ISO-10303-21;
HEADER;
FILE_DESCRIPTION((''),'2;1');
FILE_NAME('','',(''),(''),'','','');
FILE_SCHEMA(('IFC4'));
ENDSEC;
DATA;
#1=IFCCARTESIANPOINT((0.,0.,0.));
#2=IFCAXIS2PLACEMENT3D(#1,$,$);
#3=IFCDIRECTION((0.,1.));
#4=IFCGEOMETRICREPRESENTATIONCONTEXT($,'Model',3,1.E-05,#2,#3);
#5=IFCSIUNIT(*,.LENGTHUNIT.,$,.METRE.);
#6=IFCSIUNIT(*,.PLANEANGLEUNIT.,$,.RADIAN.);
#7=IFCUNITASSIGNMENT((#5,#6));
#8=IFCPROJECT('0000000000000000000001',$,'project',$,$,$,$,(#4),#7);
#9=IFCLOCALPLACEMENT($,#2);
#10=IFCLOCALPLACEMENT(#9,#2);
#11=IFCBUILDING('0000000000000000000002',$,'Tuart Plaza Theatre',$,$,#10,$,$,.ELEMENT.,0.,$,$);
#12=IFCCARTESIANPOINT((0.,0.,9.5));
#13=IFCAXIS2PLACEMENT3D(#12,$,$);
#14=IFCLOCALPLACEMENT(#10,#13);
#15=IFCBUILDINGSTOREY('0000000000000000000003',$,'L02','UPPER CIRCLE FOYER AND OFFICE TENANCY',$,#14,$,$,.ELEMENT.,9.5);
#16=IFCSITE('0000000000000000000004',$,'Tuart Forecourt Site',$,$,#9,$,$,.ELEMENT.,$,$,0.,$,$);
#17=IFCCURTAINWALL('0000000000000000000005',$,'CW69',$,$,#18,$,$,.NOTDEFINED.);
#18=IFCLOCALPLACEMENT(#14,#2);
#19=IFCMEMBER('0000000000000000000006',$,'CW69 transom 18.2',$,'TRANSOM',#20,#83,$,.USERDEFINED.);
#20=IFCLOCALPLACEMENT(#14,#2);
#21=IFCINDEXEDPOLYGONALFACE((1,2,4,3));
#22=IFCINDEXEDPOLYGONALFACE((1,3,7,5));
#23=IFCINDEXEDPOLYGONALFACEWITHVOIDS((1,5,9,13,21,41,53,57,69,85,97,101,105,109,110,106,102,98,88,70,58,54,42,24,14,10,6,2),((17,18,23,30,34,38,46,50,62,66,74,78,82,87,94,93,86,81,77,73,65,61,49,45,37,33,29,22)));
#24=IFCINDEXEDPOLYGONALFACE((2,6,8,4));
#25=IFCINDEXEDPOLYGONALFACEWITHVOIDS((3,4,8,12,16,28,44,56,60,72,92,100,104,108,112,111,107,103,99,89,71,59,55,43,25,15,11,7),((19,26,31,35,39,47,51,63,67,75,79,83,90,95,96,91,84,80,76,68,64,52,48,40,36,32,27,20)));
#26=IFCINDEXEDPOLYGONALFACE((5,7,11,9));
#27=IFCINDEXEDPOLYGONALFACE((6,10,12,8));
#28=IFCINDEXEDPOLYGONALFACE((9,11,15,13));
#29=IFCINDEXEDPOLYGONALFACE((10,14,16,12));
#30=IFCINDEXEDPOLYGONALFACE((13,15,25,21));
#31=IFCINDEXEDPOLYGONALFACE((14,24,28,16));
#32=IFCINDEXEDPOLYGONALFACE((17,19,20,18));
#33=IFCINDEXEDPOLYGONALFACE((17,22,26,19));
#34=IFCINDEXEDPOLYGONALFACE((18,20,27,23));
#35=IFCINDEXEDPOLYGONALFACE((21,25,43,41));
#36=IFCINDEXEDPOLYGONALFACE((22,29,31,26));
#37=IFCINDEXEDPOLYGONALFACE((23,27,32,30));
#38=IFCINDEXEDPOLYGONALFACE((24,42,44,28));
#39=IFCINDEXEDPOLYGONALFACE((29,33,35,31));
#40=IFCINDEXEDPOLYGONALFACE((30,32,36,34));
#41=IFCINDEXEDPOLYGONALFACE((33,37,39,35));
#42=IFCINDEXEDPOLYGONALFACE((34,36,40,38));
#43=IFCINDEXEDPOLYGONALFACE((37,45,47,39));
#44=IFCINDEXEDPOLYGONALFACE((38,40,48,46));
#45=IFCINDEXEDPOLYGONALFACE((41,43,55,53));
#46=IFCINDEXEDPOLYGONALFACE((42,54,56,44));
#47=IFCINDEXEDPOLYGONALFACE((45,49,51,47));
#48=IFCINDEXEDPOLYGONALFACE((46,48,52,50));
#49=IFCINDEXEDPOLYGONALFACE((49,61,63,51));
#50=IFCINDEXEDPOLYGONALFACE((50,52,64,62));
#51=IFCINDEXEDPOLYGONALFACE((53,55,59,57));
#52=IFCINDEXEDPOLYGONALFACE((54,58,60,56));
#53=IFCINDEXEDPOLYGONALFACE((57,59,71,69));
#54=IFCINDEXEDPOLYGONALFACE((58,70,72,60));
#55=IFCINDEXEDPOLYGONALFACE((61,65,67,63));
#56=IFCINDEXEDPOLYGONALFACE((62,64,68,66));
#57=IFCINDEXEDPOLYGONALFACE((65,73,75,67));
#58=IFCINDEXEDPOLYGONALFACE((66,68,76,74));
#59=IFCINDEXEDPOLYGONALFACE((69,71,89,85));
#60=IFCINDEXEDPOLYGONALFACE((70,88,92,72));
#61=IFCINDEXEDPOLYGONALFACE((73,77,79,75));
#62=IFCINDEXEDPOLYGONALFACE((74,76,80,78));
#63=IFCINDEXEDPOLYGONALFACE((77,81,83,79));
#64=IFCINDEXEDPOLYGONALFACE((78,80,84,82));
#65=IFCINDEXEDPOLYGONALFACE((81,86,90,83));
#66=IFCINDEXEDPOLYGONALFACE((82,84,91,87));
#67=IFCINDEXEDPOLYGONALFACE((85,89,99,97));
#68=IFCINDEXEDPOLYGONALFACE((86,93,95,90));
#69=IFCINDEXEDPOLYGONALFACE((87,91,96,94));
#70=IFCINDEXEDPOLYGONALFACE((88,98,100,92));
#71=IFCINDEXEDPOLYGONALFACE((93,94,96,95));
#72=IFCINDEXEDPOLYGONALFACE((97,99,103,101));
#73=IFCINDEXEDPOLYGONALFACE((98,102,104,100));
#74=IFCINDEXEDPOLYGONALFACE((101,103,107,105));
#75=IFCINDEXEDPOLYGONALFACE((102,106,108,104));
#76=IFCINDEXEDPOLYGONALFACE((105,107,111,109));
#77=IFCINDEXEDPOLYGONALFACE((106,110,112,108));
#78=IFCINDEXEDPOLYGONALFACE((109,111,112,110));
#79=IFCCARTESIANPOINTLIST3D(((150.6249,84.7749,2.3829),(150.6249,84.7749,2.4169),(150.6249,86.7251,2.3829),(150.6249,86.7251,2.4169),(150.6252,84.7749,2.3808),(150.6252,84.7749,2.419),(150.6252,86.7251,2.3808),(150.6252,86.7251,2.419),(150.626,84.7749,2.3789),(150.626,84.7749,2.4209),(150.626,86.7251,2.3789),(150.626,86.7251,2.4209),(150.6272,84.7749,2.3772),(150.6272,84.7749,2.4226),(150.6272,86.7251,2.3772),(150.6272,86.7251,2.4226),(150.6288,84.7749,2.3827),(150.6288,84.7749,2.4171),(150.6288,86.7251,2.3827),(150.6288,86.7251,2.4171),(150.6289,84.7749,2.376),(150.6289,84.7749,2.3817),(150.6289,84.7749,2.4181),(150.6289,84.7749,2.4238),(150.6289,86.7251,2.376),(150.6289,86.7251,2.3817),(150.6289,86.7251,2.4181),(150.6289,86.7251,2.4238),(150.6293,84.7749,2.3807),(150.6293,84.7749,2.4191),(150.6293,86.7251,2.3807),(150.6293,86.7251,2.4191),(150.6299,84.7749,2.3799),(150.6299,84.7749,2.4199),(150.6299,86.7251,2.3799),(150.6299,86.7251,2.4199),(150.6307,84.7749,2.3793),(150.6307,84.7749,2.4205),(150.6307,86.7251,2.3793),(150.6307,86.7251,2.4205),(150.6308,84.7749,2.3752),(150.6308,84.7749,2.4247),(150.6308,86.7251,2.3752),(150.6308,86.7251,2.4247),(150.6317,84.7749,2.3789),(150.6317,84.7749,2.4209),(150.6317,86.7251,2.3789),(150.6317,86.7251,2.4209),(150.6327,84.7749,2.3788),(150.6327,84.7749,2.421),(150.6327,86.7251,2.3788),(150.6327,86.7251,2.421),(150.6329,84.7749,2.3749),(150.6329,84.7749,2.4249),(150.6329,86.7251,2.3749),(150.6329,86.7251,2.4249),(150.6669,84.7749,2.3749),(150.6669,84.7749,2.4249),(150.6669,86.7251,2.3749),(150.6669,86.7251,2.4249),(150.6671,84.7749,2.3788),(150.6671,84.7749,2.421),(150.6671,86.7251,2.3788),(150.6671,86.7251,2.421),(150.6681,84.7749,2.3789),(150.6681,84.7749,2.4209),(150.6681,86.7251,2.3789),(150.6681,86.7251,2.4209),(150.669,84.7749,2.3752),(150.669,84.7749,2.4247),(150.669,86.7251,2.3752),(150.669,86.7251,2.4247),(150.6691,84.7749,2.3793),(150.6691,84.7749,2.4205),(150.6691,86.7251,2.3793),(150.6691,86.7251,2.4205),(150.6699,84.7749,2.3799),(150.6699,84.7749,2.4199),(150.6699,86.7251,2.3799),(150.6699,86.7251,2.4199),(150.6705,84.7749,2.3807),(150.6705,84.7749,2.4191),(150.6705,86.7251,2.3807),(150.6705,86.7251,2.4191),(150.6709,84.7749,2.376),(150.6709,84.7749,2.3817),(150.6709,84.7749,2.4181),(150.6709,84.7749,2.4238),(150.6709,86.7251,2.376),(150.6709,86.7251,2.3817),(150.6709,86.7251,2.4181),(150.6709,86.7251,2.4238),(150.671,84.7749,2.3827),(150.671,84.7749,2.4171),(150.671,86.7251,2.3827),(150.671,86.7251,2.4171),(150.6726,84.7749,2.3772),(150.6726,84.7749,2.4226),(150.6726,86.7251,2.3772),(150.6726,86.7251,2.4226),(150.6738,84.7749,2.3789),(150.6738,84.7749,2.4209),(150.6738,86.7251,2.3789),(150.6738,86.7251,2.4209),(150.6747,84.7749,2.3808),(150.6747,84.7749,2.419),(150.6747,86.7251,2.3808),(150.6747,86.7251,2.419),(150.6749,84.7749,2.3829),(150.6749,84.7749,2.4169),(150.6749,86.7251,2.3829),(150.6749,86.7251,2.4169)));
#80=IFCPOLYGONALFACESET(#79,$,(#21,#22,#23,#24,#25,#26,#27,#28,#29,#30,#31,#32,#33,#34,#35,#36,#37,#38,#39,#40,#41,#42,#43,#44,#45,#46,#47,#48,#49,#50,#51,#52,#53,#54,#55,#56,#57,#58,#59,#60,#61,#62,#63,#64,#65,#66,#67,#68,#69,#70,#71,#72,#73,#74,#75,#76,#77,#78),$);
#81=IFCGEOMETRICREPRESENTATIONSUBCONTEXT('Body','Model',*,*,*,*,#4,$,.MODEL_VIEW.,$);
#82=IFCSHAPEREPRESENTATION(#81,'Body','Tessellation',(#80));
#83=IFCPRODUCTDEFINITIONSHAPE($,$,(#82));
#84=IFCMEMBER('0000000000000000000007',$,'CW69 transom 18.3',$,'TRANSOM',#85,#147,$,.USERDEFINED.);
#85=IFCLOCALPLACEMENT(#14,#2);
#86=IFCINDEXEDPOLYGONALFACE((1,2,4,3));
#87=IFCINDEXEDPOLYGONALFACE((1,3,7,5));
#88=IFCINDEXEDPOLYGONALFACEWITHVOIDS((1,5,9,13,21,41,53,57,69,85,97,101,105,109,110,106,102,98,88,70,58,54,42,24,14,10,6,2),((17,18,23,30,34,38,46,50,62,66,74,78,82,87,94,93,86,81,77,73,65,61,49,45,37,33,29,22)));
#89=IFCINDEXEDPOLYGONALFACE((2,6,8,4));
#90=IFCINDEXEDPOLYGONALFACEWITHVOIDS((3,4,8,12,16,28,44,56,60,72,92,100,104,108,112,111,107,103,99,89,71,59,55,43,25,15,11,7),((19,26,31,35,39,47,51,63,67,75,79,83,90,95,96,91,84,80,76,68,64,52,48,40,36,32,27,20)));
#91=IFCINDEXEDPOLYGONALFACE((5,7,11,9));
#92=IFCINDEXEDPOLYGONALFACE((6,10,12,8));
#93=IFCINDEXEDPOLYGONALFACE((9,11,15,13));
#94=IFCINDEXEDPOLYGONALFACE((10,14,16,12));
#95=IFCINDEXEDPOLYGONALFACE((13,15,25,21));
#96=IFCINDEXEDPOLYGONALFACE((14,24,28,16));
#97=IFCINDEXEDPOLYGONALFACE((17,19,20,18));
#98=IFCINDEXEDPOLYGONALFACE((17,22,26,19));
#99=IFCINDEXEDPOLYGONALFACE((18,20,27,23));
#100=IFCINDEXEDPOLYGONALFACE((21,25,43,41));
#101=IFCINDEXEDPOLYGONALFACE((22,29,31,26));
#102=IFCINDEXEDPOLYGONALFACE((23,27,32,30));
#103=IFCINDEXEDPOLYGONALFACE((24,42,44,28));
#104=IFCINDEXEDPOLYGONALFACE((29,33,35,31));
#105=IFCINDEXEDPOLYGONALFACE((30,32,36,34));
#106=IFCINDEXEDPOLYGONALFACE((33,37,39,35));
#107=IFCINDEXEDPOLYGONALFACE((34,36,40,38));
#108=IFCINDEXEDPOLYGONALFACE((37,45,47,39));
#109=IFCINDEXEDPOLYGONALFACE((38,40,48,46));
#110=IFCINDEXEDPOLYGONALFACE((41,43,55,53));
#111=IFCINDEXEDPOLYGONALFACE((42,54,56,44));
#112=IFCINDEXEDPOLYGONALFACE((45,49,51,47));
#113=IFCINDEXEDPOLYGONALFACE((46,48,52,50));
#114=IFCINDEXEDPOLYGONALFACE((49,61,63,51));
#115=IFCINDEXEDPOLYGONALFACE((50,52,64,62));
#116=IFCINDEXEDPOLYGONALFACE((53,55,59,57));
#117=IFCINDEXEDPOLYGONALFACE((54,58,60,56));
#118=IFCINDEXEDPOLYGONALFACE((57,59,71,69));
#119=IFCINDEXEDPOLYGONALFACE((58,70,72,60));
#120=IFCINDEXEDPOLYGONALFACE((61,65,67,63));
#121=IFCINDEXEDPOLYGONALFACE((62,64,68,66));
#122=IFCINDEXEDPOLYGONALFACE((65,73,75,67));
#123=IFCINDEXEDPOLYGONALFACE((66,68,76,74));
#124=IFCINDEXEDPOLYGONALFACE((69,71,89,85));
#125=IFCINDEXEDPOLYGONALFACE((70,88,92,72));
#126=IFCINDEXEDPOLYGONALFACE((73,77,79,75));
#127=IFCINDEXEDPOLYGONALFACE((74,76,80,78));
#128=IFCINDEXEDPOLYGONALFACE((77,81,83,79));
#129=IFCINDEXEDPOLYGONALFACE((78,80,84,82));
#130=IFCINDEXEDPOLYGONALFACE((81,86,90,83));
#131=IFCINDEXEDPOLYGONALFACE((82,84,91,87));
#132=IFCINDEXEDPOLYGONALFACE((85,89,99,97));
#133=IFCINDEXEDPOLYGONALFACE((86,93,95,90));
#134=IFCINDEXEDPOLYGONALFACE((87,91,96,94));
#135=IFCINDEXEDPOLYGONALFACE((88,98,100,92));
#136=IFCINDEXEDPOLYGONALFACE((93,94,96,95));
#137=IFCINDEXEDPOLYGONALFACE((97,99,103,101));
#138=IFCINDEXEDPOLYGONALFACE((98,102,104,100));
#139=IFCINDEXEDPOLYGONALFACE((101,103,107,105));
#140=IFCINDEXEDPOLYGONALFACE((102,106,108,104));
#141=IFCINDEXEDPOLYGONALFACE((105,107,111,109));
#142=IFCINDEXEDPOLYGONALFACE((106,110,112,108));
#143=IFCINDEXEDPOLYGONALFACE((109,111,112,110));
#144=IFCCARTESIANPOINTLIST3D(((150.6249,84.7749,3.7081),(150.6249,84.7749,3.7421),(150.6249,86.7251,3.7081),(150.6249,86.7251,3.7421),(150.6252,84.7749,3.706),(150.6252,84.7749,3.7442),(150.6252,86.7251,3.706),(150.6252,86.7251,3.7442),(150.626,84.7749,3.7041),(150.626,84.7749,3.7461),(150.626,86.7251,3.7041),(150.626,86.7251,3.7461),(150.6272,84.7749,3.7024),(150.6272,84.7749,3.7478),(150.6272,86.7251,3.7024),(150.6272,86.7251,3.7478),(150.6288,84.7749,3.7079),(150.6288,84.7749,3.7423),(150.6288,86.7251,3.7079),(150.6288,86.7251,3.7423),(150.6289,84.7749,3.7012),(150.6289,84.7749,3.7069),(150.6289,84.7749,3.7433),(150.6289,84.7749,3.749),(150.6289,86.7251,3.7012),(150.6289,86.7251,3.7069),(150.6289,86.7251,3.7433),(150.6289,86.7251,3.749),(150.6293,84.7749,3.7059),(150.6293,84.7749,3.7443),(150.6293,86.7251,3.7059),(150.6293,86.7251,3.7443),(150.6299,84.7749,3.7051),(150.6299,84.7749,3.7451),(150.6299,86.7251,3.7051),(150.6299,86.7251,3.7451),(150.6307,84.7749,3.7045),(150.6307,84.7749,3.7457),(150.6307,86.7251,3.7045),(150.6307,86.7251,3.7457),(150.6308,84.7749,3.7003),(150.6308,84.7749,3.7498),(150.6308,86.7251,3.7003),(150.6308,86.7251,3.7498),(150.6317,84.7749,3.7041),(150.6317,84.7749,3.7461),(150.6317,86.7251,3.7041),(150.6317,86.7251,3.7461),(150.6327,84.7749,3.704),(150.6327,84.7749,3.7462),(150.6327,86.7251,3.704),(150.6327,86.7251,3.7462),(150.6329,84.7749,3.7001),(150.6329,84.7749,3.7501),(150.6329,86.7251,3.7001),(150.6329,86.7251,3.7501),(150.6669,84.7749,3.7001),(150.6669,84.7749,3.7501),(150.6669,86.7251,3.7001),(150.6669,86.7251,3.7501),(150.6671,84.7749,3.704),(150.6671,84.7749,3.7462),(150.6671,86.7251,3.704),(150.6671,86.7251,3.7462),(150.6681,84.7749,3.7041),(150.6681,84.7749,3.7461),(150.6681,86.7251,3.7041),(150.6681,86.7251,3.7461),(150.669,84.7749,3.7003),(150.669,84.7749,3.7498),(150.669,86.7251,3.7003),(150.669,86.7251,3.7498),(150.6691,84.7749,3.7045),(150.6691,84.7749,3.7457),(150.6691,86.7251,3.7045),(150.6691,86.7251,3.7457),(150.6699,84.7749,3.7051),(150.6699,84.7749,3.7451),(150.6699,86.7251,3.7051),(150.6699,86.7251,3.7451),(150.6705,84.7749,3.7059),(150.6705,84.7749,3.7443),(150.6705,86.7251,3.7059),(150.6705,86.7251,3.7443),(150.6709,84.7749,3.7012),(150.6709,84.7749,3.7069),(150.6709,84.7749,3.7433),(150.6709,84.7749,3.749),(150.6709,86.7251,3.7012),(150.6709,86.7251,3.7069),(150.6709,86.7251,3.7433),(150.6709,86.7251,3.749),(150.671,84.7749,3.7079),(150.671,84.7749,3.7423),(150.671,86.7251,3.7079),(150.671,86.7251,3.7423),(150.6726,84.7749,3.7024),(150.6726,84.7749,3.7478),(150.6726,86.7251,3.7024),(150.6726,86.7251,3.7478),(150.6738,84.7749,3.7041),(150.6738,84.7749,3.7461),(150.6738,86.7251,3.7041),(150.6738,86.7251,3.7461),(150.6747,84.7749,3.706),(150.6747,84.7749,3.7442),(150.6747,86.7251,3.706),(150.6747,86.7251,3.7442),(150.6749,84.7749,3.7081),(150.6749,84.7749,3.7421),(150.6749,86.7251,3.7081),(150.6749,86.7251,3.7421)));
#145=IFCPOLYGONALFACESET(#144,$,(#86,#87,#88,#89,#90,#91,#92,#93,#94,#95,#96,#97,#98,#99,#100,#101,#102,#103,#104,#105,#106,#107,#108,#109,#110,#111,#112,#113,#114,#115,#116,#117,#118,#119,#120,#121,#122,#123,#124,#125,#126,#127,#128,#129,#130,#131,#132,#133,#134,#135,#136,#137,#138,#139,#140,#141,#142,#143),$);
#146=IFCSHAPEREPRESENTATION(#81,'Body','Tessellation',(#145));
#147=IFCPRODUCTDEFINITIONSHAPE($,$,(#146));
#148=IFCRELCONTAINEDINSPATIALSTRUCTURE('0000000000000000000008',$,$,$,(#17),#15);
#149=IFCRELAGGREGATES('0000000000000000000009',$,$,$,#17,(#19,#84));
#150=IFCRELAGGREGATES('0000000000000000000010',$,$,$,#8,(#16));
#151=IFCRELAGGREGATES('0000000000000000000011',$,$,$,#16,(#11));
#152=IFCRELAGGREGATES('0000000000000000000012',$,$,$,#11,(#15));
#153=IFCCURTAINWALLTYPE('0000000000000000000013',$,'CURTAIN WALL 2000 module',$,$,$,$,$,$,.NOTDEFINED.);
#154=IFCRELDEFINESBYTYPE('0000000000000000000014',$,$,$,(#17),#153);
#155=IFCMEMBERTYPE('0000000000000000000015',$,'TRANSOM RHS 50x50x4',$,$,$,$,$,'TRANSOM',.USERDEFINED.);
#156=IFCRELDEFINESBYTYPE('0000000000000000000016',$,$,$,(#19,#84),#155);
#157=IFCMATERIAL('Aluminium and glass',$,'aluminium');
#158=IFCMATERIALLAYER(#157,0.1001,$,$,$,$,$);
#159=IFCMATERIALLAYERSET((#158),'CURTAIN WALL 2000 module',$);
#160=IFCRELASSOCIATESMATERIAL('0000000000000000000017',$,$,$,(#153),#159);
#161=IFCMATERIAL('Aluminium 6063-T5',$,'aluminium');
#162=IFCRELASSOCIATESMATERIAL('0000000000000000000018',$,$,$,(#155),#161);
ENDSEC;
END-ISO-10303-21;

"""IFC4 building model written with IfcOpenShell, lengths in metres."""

from ifc_helpers import new_model, si_unit, direction, frame, origin, origin_2d, place, context, subcontext, project, spatial, hollow_rectangle, extrude, material, layer, layer_set, material_profile, profile_set, type_object, element, aggregate, save


model = new_model("IFC4")

# Units and contexts
model_context = context("Model", 3, precision=1e-05, world=origin(), true_north=direction((0.0, 1.0)))
body_context = subcontext(model_context, "Body", "Model", "MODEL_VIEW")
ifc_project = project(units=[si_unit("LENGTHUNIT", "METRE"), si_unit("PLANEANGLEUNIT", "RADIAN")], contexts=[model_context])

# Site, building, storey
site_placement = place(None, origin())
site = spatial("IfcSite", under=ifc_project, at=site_placement, Name="Tuart Forecourt Site", CompositionType="ELEMENT", RefElevation=0.0)
building_placement = place(site_placement, origin())
building = spatial("IfcBuilding", under=site, at=building_placement, Name="Tuart Plaza Theatre", CompositionType="ELEMENT", ElevationOfRefHeight=0.0)
storey_placement = place(building_placement, frame((0.0, 0.0, 9.5)))
storey = spatial("IfcBuildingStorey", under=building, at=storey_placement, Name="L02", Description="UPPER CIRCLE FOYER AND OFFICE TENANCY", CompositionType="ELEMENT", Elevation=9.5)

# Curtain wall, members
ifc_material_1 = material(Name="Aluminium and glass", Category="aluminium")
ifc_layer_1 = layer(ifc_material_1, 0.1001)
ifc_layer_set_1 = layer_set([ifc_layer_1], Name="CURTAIN WALL 2000 module")
curtain_wall_type = type_object("IfcCurtainWallType", Name="CURTAIN WALL 2000 module", PredefinedType="NOTDEFINED", material=ifc_layer_set_1)
curtain_wall_placement = place(storey_placement, origin())
curtain_wall = element("IfcCurtainWall", 1, at=curtain_wall_placement, inside=storey, type_object=curtain_wall_type, Name="CW69", PredefinedType="NOTDEFINED")
ifc_material_2 = material(Name="Aluminium 6063-T5", Category="aluminium")
ifc_material_profile_1 = material_profile(ifc_material_2, hollow_rectangle(XDim=0.05, YDim=0.05, WallThickness=0.0039, InnerFilletRadius=0.0039, OuterFilletRadius=0.0081, at=origin_2d()), Name="RHS 50x50x4")
ifc_profile_set_1 = profile_set([ifc_material_profile_1], Name="Aluminium 6063-T5")
member_type_1 = type_object("IfcMemberType", Name="TRANSOM RHS 50x50x4", ElementType="TRANSOM", PredefinedType="USERDEFINED", material=ifc_profile_set_1)
member_1_placement = place(storey_placement, frame((150.6499, 84.7749, 2.3999), z_axis=(0.0, 1.0, 0.0), x_axis=(-1.0, 0.0, 0.0)))
member_1 = element("IfcMember", 2, at=member_1_placement, type_object=member_type_1, Name="CW69 transom 18.2", ObjectType="TRANSOM", PredefinedType="USERDEFINED", context=body_context, shape_type="SweptSolid", body=[
    extrude(hollow_rectangle(XDim=0.05, YDim=0.05, WallThickness=0.0039, InnerFilletRadius=0.0039, OuterFilletRadius=0.0081, at=origin_2d()), origin(), (0.0, 0.0, 1.0), 1.9502),
])
member_2_placement = place(storey_placement, frame((150.6499, 84.7749, 3.7251), z_axis=(0.0, 1.0, 0.0), x_axis=(-1.0, 0.0, 0.0)))
member_2 = element("IfcMember", 3, at=member_2_placement, type_object=member_type_1, Name="CW69 transom 18.3", ObjectType="TRANSOM", PredefinedType="USERDEFINED", context=body_context, shape_type="SweptSolid", body=[
    extrude(hollow_rectangle(XDim=0.05, YDim=0.05, WallThickness=0.0039, InnerFilletRadius=0.0039, OuterFilletRadius=0.0081, at=origin_2d()), origin(), (0.0, 0.0, 1.0), 1.9502),
])
aggregate(curtain_wall, [member_1, member_2])

save(model, "model.ifc")
